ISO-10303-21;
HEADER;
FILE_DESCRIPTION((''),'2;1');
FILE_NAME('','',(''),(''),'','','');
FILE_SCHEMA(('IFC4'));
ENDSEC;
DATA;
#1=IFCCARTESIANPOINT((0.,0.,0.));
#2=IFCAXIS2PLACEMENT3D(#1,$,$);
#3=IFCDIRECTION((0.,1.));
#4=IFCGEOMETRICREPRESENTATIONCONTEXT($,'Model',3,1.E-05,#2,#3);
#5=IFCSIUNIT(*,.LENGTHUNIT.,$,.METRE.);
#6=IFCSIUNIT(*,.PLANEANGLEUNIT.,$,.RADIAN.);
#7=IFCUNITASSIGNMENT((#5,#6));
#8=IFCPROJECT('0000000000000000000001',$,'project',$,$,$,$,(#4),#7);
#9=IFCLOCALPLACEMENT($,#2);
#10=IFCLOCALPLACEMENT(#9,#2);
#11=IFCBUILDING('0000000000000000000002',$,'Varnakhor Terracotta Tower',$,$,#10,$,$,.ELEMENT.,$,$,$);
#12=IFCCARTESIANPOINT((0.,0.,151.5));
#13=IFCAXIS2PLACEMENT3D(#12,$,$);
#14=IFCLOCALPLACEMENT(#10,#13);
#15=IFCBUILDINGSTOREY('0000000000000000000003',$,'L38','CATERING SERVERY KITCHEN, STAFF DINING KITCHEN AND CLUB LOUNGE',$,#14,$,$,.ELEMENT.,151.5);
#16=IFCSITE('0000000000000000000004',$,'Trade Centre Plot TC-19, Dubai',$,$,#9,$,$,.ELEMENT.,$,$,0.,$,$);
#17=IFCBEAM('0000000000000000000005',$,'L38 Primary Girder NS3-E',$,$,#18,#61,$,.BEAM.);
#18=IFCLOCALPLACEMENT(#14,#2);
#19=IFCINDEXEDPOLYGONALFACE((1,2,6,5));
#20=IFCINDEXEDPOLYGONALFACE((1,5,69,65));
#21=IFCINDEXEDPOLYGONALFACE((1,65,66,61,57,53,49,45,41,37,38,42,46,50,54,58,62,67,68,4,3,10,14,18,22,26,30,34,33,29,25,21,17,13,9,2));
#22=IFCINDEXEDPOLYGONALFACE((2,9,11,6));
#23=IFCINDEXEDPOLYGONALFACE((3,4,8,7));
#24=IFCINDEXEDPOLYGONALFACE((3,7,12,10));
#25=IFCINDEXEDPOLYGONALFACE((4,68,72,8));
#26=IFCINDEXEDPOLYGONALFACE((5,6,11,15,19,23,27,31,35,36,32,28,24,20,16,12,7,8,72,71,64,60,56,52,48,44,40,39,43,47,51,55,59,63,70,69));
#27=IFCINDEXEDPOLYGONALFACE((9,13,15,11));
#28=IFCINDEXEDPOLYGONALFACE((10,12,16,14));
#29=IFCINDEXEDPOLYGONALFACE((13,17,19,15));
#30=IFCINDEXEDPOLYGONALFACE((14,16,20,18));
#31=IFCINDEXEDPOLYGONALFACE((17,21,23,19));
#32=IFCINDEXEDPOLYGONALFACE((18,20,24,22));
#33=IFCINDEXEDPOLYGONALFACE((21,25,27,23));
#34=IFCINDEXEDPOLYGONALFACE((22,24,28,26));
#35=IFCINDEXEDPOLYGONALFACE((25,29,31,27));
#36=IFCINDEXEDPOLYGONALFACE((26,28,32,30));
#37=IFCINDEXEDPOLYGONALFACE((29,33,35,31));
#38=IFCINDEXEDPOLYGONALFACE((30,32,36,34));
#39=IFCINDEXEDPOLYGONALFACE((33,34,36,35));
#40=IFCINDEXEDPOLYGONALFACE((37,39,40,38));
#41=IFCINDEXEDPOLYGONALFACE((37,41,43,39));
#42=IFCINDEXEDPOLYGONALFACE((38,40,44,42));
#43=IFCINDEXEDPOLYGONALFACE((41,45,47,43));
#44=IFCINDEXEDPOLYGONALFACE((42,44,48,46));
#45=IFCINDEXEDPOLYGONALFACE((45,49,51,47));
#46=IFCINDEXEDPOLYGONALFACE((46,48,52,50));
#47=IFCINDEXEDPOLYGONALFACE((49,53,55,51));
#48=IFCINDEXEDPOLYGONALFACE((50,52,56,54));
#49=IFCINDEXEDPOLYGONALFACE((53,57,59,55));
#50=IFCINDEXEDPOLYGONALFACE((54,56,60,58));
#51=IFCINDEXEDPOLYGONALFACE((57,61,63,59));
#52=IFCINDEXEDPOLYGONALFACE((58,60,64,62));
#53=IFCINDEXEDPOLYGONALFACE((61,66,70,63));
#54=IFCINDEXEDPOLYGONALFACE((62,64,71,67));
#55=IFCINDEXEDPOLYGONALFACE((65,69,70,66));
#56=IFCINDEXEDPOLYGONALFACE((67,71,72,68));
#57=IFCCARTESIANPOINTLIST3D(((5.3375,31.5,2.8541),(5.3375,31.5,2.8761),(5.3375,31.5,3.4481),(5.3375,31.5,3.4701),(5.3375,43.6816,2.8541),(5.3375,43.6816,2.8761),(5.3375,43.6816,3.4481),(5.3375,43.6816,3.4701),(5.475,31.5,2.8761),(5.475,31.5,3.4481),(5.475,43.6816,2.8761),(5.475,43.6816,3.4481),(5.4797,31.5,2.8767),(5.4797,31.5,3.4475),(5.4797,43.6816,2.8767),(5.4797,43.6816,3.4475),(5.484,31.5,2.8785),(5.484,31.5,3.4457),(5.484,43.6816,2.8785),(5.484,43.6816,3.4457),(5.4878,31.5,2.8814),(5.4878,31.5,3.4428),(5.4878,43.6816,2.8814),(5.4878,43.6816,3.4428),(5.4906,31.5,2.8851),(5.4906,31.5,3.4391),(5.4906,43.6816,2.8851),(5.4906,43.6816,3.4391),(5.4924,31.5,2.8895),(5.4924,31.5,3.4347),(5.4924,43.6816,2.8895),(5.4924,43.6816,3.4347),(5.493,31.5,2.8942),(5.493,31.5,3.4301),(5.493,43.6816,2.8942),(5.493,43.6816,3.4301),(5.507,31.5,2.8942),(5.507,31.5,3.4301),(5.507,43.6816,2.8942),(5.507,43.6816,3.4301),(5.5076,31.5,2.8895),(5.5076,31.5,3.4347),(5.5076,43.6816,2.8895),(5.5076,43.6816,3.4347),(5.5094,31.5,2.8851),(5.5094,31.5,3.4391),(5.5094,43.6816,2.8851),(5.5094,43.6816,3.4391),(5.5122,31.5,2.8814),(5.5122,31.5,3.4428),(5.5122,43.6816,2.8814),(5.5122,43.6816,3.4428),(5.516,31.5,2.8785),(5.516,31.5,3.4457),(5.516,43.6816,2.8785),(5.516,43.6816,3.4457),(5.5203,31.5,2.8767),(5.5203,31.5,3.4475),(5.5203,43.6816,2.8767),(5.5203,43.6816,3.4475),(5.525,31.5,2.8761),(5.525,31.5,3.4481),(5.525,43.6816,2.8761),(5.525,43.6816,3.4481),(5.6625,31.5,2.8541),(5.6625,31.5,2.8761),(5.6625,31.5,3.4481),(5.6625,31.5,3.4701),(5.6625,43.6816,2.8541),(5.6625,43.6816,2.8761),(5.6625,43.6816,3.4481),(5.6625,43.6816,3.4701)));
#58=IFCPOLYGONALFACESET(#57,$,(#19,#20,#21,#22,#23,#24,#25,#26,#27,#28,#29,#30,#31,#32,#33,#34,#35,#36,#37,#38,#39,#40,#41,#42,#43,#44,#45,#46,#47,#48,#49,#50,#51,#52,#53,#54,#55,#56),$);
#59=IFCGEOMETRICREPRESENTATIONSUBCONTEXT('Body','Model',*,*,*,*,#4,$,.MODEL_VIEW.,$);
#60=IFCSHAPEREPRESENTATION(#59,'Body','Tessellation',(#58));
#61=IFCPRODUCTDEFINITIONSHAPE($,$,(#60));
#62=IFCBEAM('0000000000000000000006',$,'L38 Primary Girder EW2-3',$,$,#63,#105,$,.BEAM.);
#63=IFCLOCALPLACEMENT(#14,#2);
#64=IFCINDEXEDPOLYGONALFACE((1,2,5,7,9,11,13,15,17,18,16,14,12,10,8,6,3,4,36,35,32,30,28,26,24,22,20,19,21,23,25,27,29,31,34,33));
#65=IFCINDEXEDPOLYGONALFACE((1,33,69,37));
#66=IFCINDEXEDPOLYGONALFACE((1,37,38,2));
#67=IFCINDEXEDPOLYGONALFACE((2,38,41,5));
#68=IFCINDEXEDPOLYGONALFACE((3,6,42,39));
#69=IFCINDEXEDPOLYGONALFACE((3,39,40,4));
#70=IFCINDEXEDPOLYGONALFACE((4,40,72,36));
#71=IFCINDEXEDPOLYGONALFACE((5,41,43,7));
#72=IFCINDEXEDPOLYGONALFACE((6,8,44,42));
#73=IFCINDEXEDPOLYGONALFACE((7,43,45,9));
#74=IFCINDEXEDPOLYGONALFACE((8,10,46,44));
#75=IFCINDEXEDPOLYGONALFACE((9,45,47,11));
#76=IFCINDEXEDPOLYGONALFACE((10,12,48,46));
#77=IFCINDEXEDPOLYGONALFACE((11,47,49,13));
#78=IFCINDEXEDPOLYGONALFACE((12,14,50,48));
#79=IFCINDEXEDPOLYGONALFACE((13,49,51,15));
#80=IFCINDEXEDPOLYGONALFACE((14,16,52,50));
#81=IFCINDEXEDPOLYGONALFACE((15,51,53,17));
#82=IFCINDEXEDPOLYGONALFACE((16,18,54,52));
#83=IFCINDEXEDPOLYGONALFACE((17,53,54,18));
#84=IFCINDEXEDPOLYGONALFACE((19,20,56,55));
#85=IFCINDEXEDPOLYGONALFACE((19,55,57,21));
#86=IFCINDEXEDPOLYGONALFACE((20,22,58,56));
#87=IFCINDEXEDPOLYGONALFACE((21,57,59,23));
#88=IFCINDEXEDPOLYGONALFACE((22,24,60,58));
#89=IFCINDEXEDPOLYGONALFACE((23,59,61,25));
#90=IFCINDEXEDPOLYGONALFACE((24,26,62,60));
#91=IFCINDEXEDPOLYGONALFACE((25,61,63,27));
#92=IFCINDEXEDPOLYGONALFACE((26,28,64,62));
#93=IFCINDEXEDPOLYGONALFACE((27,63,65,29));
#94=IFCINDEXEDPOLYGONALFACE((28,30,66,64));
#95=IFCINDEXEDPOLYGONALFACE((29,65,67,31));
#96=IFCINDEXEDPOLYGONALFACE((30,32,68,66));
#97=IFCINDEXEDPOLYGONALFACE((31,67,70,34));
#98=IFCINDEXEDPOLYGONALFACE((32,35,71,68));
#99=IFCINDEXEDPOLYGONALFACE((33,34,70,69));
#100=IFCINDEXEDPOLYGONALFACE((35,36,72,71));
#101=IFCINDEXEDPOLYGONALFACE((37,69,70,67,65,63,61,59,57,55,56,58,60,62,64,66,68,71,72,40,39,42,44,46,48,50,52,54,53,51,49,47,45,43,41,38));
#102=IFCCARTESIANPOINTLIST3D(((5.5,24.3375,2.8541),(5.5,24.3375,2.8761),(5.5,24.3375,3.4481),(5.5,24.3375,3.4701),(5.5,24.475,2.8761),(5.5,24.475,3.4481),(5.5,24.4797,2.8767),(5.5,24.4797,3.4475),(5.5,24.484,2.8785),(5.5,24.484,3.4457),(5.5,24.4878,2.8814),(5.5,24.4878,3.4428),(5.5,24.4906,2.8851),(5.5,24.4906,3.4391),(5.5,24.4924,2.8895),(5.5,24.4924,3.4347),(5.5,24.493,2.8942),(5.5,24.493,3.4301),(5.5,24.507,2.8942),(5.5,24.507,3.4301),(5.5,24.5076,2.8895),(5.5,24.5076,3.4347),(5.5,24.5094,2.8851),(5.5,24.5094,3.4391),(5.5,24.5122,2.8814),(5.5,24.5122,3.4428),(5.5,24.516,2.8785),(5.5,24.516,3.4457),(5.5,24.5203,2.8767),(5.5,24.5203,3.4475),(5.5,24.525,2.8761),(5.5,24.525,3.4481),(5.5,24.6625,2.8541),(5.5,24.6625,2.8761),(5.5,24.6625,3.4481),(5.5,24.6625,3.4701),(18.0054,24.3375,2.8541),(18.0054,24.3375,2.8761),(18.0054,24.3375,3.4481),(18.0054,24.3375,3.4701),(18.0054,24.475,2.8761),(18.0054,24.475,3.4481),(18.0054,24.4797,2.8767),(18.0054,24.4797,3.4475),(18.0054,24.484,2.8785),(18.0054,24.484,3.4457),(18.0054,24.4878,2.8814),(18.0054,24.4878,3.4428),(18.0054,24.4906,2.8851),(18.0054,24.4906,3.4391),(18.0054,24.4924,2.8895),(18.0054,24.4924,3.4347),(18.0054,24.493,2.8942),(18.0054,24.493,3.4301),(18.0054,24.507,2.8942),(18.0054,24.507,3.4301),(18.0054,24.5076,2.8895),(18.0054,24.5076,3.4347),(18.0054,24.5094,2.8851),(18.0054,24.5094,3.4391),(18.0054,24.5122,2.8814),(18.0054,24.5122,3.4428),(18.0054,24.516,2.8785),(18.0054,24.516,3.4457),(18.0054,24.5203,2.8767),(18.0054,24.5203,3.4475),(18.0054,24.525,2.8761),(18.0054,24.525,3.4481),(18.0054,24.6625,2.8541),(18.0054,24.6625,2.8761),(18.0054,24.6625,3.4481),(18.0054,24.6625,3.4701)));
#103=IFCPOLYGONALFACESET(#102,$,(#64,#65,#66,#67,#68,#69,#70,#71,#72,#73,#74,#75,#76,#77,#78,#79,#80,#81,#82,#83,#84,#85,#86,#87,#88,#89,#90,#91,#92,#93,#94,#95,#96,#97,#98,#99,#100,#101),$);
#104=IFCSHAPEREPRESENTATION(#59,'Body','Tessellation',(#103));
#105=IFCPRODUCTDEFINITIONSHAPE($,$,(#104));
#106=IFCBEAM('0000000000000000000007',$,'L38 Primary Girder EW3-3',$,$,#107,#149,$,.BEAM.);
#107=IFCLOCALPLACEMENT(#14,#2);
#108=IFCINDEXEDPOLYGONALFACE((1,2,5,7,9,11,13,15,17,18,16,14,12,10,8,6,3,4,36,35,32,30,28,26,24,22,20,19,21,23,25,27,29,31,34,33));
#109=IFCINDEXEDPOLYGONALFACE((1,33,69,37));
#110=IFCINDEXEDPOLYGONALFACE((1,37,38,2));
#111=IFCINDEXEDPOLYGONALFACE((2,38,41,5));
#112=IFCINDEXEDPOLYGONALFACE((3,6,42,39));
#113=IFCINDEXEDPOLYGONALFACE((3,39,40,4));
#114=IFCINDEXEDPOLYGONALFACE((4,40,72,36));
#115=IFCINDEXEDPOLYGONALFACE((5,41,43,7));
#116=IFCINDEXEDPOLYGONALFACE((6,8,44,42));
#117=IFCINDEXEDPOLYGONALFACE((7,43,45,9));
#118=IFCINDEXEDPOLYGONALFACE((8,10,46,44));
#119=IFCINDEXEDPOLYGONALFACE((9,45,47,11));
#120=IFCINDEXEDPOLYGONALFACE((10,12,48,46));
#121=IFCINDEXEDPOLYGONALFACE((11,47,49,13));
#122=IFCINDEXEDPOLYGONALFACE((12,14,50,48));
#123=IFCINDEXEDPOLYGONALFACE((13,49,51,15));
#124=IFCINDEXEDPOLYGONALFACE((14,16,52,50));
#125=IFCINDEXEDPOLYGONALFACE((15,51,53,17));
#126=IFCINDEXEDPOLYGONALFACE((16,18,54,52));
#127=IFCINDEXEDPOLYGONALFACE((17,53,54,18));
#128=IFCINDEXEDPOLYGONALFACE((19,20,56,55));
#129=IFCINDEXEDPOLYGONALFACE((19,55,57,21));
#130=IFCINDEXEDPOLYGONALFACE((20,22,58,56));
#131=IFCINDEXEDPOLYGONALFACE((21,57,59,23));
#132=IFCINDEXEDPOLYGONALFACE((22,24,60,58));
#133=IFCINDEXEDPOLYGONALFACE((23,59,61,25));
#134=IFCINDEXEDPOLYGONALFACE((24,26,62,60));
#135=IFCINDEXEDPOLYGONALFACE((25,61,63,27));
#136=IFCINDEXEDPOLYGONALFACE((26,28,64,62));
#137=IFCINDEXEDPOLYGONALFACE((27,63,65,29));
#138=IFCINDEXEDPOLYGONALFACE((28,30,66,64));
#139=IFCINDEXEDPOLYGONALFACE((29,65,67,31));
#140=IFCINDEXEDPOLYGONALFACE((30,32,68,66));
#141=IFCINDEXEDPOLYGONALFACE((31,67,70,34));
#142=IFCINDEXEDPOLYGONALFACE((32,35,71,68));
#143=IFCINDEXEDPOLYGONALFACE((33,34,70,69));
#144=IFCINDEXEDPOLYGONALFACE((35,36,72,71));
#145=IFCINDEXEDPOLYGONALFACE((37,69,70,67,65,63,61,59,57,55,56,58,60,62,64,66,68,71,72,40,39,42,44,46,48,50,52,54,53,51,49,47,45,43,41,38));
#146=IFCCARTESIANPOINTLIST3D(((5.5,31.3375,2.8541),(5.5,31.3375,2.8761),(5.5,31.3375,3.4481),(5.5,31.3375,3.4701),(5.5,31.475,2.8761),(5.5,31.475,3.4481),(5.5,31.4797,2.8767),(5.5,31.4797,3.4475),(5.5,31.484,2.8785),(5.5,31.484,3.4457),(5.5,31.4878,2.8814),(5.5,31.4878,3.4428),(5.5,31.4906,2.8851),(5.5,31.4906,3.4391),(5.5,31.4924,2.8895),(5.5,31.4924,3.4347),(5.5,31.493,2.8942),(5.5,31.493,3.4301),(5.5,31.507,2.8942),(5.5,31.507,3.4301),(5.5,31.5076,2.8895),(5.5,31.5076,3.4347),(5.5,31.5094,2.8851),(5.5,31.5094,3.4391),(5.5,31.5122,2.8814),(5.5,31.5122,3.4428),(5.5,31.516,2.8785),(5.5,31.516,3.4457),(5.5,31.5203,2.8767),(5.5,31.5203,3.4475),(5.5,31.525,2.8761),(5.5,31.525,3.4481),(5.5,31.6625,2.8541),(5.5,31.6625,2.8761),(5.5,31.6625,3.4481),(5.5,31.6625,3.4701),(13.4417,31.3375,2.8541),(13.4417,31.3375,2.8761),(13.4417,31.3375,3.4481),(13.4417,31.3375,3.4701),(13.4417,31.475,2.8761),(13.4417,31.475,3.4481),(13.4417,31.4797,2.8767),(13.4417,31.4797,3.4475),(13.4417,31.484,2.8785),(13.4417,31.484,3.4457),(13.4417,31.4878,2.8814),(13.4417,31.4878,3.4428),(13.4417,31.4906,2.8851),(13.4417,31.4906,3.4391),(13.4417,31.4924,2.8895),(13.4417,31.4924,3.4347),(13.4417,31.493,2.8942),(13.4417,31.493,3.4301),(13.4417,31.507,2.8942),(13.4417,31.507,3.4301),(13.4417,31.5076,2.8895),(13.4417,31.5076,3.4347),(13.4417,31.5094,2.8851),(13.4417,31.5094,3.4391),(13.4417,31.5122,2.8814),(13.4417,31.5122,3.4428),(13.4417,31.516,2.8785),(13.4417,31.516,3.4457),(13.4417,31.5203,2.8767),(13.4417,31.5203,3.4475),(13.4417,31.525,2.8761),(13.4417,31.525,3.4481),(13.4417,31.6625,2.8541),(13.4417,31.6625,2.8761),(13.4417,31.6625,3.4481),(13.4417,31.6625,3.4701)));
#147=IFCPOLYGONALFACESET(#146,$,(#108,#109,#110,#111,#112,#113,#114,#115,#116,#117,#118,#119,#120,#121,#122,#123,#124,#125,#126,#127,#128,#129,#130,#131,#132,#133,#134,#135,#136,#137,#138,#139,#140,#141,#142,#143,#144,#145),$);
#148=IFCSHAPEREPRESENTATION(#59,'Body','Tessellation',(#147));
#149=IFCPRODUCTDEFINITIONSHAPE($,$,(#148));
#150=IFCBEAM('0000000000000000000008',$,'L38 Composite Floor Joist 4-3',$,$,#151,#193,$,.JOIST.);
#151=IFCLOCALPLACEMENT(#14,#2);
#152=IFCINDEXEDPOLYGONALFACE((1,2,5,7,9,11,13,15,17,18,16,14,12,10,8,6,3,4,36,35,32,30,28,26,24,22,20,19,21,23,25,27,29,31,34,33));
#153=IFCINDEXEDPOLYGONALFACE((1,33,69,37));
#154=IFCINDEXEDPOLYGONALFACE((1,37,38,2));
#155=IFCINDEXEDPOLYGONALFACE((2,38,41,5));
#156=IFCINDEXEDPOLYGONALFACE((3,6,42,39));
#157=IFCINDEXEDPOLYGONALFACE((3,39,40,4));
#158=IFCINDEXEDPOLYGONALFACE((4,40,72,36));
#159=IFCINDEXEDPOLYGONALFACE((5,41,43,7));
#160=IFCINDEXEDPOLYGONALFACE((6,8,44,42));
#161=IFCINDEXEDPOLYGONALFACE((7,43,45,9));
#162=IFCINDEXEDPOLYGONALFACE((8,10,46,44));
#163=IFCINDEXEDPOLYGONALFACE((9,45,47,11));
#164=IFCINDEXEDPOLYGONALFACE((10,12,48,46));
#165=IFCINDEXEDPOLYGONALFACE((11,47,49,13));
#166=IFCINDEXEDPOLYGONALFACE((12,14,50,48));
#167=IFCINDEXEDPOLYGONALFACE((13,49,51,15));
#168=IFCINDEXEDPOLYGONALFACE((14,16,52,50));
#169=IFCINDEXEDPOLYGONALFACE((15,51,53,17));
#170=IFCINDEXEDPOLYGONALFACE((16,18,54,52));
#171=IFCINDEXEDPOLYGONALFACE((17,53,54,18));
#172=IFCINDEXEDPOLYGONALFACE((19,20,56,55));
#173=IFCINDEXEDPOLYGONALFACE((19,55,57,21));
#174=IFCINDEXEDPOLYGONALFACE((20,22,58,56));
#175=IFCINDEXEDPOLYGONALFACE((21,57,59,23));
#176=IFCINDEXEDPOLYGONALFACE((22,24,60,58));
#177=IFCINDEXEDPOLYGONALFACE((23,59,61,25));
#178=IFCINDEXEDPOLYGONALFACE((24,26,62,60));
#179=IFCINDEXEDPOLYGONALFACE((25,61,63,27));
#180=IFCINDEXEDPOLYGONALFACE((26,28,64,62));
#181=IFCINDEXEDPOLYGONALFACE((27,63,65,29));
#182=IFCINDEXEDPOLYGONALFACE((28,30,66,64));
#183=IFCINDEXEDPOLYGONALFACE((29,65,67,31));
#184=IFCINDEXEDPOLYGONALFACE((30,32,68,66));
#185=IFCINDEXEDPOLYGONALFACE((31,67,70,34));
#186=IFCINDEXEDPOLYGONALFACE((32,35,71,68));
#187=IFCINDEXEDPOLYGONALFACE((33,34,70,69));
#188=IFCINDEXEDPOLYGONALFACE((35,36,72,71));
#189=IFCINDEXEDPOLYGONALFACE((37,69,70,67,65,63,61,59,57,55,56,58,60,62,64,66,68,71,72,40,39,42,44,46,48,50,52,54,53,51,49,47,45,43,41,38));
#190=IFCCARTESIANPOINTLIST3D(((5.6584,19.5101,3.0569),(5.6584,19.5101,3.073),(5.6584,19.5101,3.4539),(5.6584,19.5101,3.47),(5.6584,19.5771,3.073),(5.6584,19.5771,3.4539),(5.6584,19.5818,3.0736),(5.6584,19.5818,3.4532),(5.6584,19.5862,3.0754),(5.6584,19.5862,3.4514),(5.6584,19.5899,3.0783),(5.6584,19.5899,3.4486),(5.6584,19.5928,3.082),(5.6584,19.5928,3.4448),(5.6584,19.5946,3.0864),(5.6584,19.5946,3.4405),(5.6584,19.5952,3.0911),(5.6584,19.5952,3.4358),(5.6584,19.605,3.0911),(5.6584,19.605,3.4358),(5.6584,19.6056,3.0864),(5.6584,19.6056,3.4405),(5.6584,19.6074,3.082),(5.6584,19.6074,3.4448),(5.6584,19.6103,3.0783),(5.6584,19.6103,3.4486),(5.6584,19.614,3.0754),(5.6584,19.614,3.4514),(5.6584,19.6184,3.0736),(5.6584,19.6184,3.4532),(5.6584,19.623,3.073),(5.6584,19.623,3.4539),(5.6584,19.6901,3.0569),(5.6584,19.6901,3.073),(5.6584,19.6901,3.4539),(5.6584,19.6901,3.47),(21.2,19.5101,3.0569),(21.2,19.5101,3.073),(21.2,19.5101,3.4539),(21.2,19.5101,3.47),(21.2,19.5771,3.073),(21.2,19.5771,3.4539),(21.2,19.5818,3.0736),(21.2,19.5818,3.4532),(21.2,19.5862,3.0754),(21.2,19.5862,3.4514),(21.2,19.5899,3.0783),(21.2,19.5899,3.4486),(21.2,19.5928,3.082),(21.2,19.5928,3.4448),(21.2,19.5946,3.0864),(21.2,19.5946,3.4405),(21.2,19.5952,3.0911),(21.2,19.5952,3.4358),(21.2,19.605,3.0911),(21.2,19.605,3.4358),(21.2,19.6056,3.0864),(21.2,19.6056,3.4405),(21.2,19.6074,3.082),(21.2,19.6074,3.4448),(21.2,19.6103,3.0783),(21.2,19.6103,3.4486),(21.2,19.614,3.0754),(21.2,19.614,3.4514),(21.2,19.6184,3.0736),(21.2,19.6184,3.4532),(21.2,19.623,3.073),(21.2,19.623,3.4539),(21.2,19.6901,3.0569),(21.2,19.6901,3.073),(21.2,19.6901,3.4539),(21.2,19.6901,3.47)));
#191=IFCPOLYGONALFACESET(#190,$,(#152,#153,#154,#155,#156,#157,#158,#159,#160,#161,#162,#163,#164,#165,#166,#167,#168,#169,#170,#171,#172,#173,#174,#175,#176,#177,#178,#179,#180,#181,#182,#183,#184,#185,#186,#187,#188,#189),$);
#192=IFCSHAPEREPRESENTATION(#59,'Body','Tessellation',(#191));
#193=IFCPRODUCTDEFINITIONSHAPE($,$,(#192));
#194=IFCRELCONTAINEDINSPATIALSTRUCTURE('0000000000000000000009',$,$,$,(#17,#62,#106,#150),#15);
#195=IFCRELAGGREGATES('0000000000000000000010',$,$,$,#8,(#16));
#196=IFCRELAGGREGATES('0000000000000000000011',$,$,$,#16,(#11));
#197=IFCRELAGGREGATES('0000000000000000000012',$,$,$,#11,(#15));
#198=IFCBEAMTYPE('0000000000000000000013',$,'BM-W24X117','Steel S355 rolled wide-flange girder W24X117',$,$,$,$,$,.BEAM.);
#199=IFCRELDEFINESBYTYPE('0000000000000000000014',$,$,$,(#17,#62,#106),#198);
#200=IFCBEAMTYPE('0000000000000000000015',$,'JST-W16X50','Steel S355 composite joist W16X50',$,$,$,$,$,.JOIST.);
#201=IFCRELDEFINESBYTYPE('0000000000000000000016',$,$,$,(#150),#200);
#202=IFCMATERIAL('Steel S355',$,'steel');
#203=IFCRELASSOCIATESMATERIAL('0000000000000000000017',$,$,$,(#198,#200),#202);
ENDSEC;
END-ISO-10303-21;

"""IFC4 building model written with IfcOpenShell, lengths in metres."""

from ifc_helpers import new_model, si_unit, direction, frame, origin, origin_2d, place, context, subcontext, project, spatial, i_section, extrude, source, transform, mapped, material, material_profile, profile_set, type_object, element, save


model = new_model("IFC4")

# Units and contexts
model_context = context("Model", 3, precision=1e-05, world=origin(), true_north=direction((0.0, 1.0)))
body_context = subcontext(model_context, "Body", "Model", "MODEL_VIEW")
ifc_project = project(units=[si_unit("LENGTHUNIT", "METRE"), si_unit("PLANEANGLEUNIT", "RADIAN")], contexts=[model_context])

# Site, building, storey
site_placement = place(None, origin())
site = spatial("IfcSite", under=ifc_project, at=site_placement, Name="Trade Centre Plot TC-19, Dubai", CompositionType="ELEMENT", RefElevation=0.0)
building_placement = place(site_placement, origin())
building = spatial("IfcBuilding", under=site, at=building_placement, Name="Varnakhor Terracotta Tower", CompositionType="ELEMENT")
storey_placement = place(building_placement, frame((0.0, 0.0, 151.5)))
storey = spatial("IfcBuildingStorey", under=building, at=storey_placement, Name="L38", Description="CATERING SERVERY KITCHEN, STAFF DINING KITCHEN AND CLUB LOUNGE", CompositionType="ELEMENT", Elevation=151.5)

# Beams
ifc_material_1 = material(Name="Steel S355", Category="steel")
ifc_material_profile_1 = material_profile(ifc_material_1, i_section(OverallWidth=0.325, OverallDepth=0.616, WebThickness=0.0139, FlangeThickness=0.022, FilletRadius=0.0181, at=origin_2d()), Name="W24X117")
ifc_profile_set_1 = profile_set([ifc_material_profile_1], Name="Steel S355")
beam_type_1 = type_object("IfcBeamType", Name="BM-W24X117", Description="Steel S355 rolled wide-flange girder W24X117", PredefinedType="BEAM", material=ifc_profile_set_1)
shared_shape_1 = source(origin(), body_context, "Body", "SweptSolid", [
    extrude(i_section(OverallWidth=0.325, OverallDepth=0.616, WebThickness=0.0139, FlangeThickness=0.022, FilletRadius=0.0181, at=origin_2d()), origin(), (0.0, 0.0, 1.0), 12.1816),
])
beam_1_placement = place(storey_placement, frame((5.5, 31.5, 3.1621), z_axis=(0.0, 1.0, 0.0), x_axis=(-1.0, 0.0, 0.0)))
element("IfcBeam", 1, at=beam_1_placement, inside=storey, type_object=beam_type_1, Name="L38 Primary Girder NS3-E", PredefinedType="BEAM", context=body_context, shape_type="MappedRepresentation", body=[
    mapped(shared_shape_1, transform((0.0, 0.0, 0.0), scale=1.0)),
])
shared_shape_2 = source(origin(), body_context, "Body", "SweptSolid", [
    extrude(i_section(OverallWidth=0.325, OverallDepth=0.616, WebThickness=0.0139, FlangeThickness=0.022, FilletRadius=0.0181, at=origin_2d()), origin(), (0.0, 0.0, 1.0), 12.5054),
])
beam_2_placement = place(storey_placement, frame((5.5, 24.5, 3.1621), z_axis=(1.0, 0.0, 0.0), x_axis=(0.0, 1.0, 0.0)))
element("IfcBeam", 2, at=beam_2_placement, inside=storey, type_object=beam_type_1, Name="L38 Primary Girder EW2-3", PredefinedType="BEAM", context=body_context, shape_type="MappedRepresentation", body=[
    mapped(shared_shape_2, transform((0.0, 0.0, 0.0), scale=1.0)),
])
shared_shape_3 = source(origin(), body_context, "Body", "SweptSolid", [
    extrude(i_section(OverallWidth=0.325, OverallDepth=0.616, WebThickness=0.0139, FlangeThickness=0.022, FilletRadius=0.0181, at=origin_2d()), origin(), (0.0, 0.0, 1.0), 7.9417),
])
beam_3_placement = place(storey_placement, frame((5.5, 31.5, 3.1621), z_axis=(1.0, 0.0, 0.0), x_axis=(0.0, 1.0, 0.0)))
element("IfcBeam", 3, at=beam_3_placement, inside=storey, type_object=beam_type_1, Name="L38 Primary Girder EW3-3", PredefinedType="BEAM", context=body_context, shape_type="MappedRepresentation", body=[
    mapped(shared_shape_3, transform((0.0, 0.0, 0.0), scale=1.0)),
])
ifc_material_profile_2 = material_profile(ifc_material_1, i_section(OverallWidth=0.1799, OverallDepth=0.4131, WebThickness=0.0098, FlangeThickness=0.0161, FilletRadius=0.0181, at=origin_2d()), Name="W16X50")
ifc_profile_set_2 = profile_set([ifc_material_profile_2], Name="Steel S355")
beam_type_2 = type_object("IfcBeamType", Name="JST-W16X50", Description="Steel S355 composite joist W16X50", PredefinedType="JOIST", material=ifc_profile_set_2)
shared_shape_4 = source(origin(), body_context, "Body", "SweptSolid", [
    extrude(i_section(OverallWidth=0.1799, OverallDepth=0.4131, WebThickness=0.0098, FlangeThickness=0.0161, FilletRadius=0.0181, at=origin_2d()), origin(), (0.0, 0.0, 1.0), 15.5415),
])
beam_4_placement = place(storey_placement, frame((5.6584, 19.6001, 3.2634), z_axis=(1.0, 0.0, 0.0), x_axis=(0.0, 1.0, 0.0)))
element("IfcBeam", 4, at=beam_4_placement, inside=storey, type_object=beam_type_2, Name="L38 Composite Floor Joist 4-3", PredefinedType="JOIST", context=body_context, shape_type="MappedRepresentation", body=[
    mapped(shared_shape_4, transform((0.0, 0.0, 0.0), scale=1.0)),
])

save(model, "model.ifc")
